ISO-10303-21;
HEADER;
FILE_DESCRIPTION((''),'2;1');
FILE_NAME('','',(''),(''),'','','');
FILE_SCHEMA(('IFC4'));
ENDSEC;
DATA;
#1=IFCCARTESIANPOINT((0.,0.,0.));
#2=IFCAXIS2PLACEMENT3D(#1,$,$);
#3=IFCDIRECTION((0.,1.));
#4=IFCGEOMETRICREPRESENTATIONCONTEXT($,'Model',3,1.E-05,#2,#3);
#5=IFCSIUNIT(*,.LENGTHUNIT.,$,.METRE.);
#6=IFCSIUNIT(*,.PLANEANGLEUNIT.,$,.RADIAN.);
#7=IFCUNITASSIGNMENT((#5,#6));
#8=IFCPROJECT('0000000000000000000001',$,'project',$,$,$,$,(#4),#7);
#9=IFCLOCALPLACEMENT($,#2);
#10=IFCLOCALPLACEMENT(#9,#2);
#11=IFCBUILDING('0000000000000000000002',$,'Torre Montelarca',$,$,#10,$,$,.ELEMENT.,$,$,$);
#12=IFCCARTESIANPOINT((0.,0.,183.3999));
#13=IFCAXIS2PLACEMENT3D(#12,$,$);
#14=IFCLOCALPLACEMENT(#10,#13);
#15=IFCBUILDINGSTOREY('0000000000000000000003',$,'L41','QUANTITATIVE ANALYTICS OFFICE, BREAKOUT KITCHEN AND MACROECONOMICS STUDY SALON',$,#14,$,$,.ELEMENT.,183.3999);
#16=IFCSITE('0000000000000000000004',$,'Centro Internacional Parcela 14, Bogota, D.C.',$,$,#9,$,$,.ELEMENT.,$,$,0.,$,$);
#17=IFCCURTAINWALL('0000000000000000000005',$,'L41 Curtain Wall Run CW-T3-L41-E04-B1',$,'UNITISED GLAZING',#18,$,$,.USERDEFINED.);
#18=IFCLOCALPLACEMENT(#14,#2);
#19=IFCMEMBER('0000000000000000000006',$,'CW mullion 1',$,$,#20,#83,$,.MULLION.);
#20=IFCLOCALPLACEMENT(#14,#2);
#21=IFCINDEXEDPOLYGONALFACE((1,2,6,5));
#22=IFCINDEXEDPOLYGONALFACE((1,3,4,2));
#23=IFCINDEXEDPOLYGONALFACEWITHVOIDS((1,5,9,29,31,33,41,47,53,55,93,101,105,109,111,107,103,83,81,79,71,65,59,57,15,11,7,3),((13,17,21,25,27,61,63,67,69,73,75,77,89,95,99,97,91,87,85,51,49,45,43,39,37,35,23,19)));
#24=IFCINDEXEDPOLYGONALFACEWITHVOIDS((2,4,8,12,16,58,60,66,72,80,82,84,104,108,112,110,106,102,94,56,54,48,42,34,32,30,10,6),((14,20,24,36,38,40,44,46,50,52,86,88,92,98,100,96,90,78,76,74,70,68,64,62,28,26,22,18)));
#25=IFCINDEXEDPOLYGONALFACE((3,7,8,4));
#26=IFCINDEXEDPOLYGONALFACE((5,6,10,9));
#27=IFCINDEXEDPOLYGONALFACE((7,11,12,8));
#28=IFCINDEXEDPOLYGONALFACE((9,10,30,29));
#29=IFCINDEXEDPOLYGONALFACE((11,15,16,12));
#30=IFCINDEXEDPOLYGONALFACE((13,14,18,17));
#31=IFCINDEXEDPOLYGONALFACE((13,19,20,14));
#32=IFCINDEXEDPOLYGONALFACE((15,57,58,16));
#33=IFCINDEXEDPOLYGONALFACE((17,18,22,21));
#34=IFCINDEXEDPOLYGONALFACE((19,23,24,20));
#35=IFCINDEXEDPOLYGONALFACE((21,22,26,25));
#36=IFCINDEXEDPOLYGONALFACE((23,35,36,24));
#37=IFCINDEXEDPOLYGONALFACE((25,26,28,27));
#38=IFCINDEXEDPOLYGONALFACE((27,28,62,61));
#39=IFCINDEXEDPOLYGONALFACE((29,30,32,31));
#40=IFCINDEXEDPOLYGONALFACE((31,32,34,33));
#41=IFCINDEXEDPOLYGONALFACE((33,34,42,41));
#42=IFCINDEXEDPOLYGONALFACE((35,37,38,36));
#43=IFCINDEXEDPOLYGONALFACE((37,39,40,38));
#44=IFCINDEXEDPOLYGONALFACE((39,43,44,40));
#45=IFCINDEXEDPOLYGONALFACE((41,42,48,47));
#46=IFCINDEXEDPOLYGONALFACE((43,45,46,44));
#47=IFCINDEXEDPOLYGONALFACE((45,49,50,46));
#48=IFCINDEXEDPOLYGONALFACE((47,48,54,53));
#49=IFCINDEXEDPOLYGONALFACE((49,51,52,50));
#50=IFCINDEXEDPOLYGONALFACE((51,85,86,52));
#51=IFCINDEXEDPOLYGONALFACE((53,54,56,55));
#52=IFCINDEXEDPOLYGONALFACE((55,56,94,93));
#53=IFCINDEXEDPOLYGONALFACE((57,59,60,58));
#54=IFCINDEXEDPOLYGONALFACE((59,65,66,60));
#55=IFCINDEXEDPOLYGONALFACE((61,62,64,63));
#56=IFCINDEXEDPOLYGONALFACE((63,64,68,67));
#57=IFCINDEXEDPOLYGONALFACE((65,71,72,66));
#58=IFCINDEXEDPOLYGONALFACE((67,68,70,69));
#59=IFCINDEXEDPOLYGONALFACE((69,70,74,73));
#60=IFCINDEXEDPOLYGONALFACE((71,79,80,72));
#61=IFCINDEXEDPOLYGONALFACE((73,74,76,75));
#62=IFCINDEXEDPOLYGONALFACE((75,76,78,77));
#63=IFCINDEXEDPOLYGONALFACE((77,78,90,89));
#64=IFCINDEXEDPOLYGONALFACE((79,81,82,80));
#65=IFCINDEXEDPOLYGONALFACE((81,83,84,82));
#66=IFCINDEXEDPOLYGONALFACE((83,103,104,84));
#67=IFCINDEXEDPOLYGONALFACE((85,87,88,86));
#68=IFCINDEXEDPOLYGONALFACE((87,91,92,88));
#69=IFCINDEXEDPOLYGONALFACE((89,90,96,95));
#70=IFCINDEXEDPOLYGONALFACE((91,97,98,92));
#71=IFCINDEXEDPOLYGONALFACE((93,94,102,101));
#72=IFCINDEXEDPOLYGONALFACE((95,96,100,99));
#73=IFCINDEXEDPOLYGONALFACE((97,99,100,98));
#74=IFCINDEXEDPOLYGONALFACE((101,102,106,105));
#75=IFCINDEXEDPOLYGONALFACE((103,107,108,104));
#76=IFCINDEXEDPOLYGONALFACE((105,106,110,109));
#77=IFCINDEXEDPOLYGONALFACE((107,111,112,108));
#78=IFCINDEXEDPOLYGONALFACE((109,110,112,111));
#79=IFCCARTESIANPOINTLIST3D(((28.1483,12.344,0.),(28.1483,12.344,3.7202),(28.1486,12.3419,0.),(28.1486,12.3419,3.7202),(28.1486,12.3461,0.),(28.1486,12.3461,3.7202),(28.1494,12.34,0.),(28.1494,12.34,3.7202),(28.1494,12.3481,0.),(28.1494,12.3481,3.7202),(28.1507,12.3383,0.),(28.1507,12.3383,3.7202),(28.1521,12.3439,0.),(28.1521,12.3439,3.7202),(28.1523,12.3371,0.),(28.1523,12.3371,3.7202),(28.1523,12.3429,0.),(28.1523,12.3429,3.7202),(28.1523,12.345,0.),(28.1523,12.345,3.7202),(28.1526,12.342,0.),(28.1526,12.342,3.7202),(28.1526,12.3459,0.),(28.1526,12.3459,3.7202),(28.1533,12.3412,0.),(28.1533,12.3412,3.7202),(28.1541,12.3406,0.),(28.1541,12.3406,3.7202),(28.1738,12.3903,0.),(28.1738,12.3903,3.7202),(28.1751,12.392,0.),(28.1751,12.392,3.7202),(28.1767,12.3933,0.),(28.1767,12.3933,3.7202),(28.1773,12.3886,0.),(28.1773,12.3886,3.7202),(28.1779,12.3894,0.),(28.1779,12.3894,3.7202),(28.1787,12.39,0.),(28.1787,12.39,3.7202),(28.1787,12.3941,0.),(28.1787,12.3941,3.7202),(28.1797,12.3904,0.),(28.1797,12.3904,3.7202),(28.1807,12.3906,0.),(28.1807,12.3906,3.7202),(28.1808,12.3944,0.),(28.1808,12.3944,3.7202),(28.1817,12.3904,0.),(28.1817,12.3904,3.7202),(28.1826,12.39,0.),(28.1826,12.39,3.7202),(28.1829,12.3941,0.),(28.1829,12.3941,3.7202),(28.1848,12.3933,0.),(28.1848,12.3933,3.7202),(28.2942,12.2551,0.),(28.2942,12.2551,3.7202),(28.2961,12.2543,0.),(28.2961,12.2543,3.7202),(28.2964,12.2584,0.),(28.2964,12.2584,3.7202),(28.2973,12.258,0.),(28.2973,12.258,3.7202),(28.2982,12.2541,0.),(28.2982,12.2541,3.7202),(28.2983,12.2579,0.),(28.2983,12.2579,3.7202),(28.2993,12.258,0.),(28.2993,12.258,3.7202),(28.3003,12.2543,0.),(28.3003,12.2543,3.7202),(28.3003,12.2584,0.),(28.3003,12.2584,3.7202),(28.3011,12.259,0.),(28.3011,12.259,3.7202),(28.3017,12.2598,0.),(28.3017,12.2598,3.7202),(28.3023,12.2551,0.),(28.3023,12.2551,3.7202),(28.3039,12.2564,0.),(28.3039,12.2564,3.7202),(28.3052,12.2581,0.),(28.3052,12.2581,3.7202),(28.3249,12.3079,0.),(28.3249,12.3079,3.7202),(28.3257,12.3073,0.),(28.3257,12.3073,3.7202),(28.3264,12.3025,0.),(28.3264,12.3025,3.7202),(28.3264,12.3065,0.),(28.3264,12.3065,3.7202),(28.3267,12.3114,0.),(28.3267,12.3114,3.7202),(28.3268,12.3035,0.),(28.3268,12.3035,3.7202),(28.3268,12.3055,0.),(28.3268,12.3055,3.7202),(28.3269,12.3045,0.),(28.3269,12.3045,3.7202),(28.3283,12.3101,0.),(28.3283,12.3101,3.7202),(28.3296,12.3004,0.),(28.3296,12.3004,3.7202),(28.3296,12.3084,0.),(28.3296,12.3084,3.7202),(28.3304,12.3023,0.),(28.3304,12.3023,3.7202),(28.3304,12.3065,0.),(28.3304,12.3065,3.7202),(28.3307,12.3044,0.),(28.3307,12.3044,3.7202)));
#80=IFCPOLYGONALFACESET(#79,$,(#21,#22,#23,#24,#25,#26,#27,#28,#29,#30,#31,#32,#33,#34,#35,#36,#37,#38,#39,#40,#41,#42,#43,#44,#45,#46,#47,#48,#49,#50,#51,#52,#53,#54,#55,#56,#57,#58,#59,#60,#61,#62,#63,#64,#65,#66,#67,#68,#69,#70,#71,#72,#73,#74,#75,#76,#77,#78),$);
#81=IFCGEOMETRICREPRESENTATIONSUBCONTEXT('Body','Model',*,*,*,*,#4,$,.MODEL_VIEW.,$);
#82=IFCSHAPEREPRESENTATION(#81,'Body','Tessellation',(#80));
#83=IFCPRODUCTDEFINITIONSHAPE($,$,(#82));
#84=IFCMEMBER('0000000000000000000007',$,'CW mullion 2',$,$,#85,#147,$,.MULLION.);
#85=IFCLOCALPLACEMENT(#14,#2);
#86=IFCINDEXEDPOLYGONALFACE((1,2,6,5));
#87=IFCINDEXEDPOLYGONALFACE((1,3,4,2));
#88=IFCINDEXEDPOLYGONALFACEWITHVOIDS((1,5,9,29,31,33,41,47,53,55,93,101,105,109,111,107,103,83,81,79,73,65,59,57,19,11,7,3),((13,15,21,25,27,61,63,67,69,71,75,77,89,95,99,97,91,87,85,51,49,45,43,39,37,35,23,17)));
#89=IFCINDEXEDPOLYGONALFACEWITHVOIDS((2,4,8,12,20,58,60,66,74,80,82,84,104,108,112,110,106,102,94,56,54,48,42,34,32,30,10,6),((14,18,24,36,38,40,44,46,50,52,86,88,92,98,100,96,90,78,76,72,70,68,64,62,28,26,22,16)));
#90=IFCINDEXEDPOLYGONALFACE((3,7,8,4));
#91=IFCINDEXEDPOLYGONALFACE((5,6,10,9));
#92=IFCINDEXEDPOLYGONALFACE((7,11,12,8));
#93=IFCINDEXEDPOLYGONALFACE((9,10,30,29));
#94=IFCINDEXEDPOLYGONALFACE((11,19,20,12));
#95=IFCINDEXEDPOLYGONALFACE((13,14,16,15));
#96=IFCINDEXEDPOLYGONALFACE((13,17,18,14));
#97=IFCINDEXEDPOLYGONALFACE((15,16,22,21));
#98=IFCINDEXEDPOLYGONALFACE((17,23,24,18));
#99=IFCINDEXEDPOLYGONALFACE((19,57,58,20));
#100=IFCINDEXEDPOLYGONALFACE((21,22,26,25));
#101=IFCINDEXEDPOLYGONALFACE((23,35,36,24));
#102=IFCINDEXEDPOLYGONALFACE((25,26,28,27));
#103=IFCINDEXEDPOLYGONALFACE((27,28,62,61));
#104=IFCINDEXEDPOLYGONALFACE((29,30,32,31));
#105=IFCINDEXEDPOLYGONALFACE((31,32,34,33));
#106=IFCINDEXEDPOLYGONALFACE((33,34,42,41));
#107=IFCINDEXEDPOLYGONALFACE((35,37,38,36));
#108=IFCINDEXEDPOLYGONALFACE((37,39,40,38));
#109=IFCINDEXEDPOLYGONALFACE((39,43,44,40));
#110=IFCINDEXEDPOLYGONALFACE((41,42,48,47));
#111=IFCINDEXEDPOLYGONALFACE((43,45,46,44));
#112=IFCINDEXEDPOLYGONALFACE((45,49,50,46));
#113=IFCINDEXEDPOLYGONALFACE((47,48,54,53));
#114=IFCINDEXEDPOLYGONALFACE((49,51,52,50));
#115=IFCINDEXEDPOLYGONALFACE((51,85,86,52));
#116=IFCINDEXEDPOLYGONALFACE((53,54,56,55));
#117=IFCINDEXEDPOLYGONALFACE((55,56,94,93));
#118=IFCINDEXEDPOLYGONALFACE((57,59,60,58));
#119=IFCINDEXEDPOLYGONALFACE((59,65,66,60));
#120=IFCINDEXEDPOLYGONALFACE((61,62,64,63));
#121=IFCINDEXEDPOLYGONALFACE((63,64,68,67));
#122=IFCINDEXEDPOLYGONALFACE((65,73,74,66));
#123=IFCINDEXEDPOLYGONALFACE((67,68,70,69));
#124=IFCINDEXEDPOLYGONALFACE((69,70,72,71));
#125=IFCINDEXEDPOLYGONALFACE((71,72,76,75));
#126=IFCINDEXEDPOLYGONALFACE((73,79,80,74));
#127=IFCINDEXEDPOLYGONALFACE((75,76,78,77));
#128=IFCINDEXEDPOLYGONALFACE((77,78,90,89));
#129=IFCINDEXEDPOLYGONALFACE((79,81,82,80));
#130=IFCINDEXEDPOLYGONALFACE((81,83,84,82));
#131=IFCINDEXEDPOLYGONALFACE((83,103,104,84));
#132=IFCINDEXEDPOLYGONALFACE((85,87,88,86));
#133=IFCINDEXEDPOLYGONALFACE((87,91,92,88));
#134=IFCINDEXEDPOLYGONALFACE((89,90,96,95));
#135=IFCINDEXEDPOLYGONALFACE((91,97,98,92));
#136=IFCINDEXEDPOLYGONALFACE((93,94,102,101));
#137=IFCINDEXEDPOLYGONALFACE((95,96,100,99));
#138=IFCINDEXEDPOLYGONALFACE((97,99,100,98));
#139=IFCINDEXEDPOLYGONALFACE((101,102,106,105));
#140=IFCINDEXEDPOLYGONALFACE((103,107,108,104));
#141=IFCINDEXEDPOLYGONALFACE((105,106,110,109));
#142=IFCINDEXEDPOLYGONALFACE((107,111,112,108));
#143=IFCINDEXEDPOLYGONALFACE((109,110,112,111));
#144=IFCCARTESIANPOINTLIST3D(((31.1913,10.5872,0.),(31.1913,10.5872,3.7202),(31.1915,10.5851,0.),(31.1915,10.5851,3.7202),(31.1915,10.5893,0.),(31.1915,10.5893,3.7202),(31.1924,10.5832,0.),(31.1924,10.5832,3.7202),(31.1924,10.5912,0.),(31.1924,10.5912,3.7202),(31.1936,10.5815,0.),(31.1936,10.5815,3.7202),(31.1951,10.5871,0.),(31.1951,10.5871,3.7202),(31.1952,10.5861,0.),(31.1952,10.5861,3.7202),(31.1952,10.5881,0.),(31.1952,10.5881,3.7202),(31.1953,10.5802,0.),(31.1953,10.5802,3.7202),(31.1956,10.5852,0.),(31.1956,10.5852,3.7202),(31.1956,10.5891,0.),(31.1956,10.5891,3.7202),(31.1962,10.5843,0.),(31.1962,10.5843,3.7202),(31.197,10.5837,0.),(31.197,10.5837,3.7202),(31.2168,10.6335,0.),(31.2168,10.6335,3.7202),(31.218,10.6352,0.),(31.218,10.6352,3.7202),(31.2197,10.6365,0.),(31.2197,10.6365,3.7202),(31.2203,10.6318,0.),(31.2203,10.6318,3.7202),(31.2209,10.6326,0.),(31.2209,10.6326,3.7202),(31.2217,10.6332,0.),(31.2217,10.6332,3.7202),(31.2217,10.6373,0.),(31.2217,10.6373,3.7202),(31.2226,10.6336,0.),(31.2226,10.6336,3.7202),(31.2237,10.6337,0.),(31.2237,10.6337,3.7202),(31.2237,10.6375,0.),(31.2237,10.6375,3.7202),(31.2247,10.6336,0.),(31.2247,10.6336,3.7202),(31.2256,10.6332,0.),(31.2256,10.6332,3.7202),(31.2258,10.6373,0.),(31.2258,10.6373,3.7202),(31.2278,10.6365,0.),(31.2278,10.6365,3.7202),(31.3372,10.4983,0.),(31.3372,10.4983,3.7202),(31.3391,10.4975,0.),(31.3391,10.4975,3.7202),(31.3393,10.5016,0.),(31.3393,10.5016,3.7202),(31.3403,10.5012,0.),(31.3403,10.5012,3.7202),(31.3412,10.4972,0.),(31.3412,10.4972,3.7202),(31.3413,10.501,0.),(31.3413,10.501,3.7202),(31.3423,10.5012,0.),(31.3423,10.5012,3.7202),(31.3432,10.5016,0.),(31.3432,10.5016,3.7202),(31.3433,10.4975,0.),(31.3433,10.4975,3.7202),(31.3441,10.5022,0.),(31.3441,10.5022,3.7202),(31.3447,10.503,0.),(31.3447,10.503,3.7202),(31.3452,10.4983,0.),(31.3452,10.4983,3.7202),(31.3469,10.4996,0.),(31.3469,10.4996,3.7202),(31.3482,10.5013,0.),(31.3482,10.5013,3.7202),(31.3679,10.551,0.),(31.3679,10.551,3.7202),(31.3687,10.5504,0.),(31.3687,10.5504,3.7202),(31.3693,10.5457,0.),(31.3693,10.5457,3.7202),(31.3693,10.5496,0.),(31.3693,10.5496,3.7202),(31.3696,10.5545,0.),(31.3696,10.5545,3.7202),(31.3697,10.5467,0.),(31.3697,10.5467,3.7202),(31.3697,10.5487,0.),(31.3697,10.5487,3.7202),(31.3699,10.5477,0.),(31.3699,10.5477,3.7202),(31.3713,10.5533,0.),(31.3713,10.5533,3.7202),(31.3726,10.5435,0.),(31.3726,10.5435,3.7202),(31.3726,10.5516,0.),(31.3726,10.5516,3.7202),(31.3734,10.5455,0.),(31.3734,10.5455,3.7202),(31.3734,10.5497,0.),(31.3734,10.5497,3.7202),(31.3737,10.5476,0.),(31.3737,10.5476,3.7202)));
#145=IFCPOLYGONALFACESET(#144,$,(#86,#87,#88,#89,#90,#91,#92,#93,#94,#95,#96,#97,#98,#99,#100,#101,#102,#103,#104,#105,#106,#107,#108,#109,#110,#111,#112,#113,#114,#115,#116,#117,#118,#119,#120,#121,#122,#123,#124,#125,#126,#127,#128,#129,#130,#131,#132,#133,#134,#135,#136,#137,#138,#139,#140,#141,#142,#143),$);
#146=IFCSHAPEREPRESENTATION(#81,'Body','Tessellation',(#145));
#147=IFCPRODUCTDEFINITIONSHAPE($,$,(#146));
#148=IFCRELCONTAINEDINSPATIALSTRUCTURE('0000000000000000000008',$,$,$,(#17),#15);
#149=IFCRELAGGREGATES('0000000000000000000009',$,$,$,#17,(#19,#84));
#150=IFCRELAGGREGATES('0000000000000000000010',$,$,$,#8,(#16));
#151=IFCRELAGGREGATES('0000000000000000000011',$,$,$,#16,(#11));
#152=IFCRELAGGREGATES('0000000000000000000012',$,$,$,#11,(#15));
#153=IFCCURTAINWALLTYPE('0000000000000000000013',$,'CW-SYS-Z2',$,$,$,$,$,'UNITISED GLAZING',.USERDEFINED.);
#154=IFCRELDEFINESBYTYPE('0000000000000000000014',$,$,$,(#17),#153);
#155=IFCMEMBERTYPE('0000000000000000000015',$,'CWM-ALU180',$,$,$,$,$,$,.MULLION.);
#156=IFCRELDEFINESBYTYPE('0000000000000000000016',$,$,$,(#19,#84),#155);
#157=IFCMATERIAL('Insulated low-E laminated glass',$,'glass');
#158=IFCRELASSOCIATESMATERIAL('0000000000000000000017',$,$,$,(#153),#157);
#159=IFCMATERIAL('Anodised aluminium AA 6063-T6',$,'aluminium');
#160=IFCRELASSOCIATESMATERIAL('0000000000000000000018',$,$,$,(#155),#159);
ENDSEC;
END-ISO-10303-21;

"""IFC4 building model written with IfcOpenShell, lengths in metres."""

from ifc_helpers import new_model, si_unit, direction, frame, origin, origin_2d, place, context, subcontext, project, spatial, hollow_rectangle, extrude, source, transform, mapped, material, material_profile, profile_set, type_object, element, aggregate, save


model = new_model("IFC4")

# Units and contexts
model_context = context("Model", 3, precision=1e-05, world=origin(), true_north=direction((0.0, 1.0)))
body_context = subcontext(model_context, "Body", "Model", "MODEL_VIEW")
ifc_project = project(units=[si_unit("LENGTHUNIT", "METRE"), si_unit("PLANEANGLEUNIT", "RADIAN")], contexts=[model_context])

# Site, building, storey
site_placement = place(None, origin())
site = spatial("IfcSite", under=ifc_project, at=site_placement, Name="Centro Internacional Parcela 14, Bogota, D.C.", CompositionType="ELEMENT", RefElevation=0.0)
building_placement = place(site_placement, origin())
building = spatial("IfcBuilding", under=site, at=building_placement, Name="Torre Montelarca", CompositionType="ELEMENT")
storey_placement = place(building_placement, frame((0.0, 0.0, 183.3999)))
storey = spatial("IfcBuildingStorey", under=building, at=storey_placement, Name="L41", Description="QUANTITATIVE ANALYTICS OFFICE, BREAKOUT KITCHEN AND MACROECONOMICS STUDY SALON", CompositionType="ELEMENT", Elevation=183.3999)

# Curtain wall, members
ifc_material_1 = material(Name="Insulated low-E laminated glass", Category="glass")
curtain_wall_type = type_object("IfcCurtainWallType", Name="CW-SYS-Z2", ElementType="UNITISED GLAZING", PredefinedType="USERDEFINED", material=ifc_material_1)
ifc_material_2 = material(Name="Anodised aluminium AA 6063-T6", Category="aluminium")
ifc_material_profile_1 = material_profile(ifc_material_2, hollow_rectangle(XDim=0.0649, YDim=0.1799, WallThickness=0.0039, InnerFilletRadius=0.0039, OuterFilletRadius=0.0081, at=origin_2d()), Name="ALU65X180X4", Category="aluminium")
ifc_profile_set_1 = profile_set([ifc_material_profile_1], Name="Anodised aluminium AA 6063-T6")
member_type_1 = type_object("IfcMemberType", Name="CWM-ALU180", PredefinedType="MULLION", material=ifc_profile_set_1)
shared_shape_1 = source(origin(), body_context, "Body", "SweptSolid", [
    extrude(hollow_rectangle(XDim=0.0649, YDim=0.1799, WallThickness=0.0039, InnerFilletRadius=0.0039, OuterFilletRadius=0.0081, at=origin_2d()), origin(), (0.0, 0.0, 1.0), 3.7202),
])
curtain_wall_1_placement = place(storey_placement, origin())
curtain_wall_1 = element("IfcCurtainWall", 1, at=curtain_wall_1_placement, inside=storey, type_object=curtain_wall_type, Name="L41 Curtain Wall Run CW-T3-L41-E04-B1", ObjectType="UNITISED GLAZING", PredefinedType="USERDEFINED")
member_1_placement = place(storey_placement, frame((28.2395, 12.3242, 0.0), z_axis=(0.0, 0.0, 1.0), x_axis=(0.499995, 0.866028, 0.0)))
member_1 = element("IfcMember", 2, at=member_1_placement, type_object=member_type_1, Name="CW mullion 1", PredefinedType="MULLION", context=body_context, shape_type="MappedRepresentation", body=[
    mapped(shared_shape_1, transform((0.0, 0.0, 0.0), scale=1.0)),
])
member_2_placement = place(storey_placement, frame((31.2825, 10.5674, 0.0), z_axis=(0.0, 0.0, 1.0), x_axis=(0.499995, 0.866028, 0.0)))
member_2 = element("IfcMember", 3, at=member_2_placement, type_object=member_type_1, Name="CW mullion 2", PredefinedType="MULLION", context=body_context, shape_type="MappedRepresentation", body=[
    mapped(shared_shape_1, transform((0.0, 0.0, 0.0), scale=1.0)),
])

aggregate(curtain_wall_1, [member_1, member_2])

save(model, "model.ifc")
